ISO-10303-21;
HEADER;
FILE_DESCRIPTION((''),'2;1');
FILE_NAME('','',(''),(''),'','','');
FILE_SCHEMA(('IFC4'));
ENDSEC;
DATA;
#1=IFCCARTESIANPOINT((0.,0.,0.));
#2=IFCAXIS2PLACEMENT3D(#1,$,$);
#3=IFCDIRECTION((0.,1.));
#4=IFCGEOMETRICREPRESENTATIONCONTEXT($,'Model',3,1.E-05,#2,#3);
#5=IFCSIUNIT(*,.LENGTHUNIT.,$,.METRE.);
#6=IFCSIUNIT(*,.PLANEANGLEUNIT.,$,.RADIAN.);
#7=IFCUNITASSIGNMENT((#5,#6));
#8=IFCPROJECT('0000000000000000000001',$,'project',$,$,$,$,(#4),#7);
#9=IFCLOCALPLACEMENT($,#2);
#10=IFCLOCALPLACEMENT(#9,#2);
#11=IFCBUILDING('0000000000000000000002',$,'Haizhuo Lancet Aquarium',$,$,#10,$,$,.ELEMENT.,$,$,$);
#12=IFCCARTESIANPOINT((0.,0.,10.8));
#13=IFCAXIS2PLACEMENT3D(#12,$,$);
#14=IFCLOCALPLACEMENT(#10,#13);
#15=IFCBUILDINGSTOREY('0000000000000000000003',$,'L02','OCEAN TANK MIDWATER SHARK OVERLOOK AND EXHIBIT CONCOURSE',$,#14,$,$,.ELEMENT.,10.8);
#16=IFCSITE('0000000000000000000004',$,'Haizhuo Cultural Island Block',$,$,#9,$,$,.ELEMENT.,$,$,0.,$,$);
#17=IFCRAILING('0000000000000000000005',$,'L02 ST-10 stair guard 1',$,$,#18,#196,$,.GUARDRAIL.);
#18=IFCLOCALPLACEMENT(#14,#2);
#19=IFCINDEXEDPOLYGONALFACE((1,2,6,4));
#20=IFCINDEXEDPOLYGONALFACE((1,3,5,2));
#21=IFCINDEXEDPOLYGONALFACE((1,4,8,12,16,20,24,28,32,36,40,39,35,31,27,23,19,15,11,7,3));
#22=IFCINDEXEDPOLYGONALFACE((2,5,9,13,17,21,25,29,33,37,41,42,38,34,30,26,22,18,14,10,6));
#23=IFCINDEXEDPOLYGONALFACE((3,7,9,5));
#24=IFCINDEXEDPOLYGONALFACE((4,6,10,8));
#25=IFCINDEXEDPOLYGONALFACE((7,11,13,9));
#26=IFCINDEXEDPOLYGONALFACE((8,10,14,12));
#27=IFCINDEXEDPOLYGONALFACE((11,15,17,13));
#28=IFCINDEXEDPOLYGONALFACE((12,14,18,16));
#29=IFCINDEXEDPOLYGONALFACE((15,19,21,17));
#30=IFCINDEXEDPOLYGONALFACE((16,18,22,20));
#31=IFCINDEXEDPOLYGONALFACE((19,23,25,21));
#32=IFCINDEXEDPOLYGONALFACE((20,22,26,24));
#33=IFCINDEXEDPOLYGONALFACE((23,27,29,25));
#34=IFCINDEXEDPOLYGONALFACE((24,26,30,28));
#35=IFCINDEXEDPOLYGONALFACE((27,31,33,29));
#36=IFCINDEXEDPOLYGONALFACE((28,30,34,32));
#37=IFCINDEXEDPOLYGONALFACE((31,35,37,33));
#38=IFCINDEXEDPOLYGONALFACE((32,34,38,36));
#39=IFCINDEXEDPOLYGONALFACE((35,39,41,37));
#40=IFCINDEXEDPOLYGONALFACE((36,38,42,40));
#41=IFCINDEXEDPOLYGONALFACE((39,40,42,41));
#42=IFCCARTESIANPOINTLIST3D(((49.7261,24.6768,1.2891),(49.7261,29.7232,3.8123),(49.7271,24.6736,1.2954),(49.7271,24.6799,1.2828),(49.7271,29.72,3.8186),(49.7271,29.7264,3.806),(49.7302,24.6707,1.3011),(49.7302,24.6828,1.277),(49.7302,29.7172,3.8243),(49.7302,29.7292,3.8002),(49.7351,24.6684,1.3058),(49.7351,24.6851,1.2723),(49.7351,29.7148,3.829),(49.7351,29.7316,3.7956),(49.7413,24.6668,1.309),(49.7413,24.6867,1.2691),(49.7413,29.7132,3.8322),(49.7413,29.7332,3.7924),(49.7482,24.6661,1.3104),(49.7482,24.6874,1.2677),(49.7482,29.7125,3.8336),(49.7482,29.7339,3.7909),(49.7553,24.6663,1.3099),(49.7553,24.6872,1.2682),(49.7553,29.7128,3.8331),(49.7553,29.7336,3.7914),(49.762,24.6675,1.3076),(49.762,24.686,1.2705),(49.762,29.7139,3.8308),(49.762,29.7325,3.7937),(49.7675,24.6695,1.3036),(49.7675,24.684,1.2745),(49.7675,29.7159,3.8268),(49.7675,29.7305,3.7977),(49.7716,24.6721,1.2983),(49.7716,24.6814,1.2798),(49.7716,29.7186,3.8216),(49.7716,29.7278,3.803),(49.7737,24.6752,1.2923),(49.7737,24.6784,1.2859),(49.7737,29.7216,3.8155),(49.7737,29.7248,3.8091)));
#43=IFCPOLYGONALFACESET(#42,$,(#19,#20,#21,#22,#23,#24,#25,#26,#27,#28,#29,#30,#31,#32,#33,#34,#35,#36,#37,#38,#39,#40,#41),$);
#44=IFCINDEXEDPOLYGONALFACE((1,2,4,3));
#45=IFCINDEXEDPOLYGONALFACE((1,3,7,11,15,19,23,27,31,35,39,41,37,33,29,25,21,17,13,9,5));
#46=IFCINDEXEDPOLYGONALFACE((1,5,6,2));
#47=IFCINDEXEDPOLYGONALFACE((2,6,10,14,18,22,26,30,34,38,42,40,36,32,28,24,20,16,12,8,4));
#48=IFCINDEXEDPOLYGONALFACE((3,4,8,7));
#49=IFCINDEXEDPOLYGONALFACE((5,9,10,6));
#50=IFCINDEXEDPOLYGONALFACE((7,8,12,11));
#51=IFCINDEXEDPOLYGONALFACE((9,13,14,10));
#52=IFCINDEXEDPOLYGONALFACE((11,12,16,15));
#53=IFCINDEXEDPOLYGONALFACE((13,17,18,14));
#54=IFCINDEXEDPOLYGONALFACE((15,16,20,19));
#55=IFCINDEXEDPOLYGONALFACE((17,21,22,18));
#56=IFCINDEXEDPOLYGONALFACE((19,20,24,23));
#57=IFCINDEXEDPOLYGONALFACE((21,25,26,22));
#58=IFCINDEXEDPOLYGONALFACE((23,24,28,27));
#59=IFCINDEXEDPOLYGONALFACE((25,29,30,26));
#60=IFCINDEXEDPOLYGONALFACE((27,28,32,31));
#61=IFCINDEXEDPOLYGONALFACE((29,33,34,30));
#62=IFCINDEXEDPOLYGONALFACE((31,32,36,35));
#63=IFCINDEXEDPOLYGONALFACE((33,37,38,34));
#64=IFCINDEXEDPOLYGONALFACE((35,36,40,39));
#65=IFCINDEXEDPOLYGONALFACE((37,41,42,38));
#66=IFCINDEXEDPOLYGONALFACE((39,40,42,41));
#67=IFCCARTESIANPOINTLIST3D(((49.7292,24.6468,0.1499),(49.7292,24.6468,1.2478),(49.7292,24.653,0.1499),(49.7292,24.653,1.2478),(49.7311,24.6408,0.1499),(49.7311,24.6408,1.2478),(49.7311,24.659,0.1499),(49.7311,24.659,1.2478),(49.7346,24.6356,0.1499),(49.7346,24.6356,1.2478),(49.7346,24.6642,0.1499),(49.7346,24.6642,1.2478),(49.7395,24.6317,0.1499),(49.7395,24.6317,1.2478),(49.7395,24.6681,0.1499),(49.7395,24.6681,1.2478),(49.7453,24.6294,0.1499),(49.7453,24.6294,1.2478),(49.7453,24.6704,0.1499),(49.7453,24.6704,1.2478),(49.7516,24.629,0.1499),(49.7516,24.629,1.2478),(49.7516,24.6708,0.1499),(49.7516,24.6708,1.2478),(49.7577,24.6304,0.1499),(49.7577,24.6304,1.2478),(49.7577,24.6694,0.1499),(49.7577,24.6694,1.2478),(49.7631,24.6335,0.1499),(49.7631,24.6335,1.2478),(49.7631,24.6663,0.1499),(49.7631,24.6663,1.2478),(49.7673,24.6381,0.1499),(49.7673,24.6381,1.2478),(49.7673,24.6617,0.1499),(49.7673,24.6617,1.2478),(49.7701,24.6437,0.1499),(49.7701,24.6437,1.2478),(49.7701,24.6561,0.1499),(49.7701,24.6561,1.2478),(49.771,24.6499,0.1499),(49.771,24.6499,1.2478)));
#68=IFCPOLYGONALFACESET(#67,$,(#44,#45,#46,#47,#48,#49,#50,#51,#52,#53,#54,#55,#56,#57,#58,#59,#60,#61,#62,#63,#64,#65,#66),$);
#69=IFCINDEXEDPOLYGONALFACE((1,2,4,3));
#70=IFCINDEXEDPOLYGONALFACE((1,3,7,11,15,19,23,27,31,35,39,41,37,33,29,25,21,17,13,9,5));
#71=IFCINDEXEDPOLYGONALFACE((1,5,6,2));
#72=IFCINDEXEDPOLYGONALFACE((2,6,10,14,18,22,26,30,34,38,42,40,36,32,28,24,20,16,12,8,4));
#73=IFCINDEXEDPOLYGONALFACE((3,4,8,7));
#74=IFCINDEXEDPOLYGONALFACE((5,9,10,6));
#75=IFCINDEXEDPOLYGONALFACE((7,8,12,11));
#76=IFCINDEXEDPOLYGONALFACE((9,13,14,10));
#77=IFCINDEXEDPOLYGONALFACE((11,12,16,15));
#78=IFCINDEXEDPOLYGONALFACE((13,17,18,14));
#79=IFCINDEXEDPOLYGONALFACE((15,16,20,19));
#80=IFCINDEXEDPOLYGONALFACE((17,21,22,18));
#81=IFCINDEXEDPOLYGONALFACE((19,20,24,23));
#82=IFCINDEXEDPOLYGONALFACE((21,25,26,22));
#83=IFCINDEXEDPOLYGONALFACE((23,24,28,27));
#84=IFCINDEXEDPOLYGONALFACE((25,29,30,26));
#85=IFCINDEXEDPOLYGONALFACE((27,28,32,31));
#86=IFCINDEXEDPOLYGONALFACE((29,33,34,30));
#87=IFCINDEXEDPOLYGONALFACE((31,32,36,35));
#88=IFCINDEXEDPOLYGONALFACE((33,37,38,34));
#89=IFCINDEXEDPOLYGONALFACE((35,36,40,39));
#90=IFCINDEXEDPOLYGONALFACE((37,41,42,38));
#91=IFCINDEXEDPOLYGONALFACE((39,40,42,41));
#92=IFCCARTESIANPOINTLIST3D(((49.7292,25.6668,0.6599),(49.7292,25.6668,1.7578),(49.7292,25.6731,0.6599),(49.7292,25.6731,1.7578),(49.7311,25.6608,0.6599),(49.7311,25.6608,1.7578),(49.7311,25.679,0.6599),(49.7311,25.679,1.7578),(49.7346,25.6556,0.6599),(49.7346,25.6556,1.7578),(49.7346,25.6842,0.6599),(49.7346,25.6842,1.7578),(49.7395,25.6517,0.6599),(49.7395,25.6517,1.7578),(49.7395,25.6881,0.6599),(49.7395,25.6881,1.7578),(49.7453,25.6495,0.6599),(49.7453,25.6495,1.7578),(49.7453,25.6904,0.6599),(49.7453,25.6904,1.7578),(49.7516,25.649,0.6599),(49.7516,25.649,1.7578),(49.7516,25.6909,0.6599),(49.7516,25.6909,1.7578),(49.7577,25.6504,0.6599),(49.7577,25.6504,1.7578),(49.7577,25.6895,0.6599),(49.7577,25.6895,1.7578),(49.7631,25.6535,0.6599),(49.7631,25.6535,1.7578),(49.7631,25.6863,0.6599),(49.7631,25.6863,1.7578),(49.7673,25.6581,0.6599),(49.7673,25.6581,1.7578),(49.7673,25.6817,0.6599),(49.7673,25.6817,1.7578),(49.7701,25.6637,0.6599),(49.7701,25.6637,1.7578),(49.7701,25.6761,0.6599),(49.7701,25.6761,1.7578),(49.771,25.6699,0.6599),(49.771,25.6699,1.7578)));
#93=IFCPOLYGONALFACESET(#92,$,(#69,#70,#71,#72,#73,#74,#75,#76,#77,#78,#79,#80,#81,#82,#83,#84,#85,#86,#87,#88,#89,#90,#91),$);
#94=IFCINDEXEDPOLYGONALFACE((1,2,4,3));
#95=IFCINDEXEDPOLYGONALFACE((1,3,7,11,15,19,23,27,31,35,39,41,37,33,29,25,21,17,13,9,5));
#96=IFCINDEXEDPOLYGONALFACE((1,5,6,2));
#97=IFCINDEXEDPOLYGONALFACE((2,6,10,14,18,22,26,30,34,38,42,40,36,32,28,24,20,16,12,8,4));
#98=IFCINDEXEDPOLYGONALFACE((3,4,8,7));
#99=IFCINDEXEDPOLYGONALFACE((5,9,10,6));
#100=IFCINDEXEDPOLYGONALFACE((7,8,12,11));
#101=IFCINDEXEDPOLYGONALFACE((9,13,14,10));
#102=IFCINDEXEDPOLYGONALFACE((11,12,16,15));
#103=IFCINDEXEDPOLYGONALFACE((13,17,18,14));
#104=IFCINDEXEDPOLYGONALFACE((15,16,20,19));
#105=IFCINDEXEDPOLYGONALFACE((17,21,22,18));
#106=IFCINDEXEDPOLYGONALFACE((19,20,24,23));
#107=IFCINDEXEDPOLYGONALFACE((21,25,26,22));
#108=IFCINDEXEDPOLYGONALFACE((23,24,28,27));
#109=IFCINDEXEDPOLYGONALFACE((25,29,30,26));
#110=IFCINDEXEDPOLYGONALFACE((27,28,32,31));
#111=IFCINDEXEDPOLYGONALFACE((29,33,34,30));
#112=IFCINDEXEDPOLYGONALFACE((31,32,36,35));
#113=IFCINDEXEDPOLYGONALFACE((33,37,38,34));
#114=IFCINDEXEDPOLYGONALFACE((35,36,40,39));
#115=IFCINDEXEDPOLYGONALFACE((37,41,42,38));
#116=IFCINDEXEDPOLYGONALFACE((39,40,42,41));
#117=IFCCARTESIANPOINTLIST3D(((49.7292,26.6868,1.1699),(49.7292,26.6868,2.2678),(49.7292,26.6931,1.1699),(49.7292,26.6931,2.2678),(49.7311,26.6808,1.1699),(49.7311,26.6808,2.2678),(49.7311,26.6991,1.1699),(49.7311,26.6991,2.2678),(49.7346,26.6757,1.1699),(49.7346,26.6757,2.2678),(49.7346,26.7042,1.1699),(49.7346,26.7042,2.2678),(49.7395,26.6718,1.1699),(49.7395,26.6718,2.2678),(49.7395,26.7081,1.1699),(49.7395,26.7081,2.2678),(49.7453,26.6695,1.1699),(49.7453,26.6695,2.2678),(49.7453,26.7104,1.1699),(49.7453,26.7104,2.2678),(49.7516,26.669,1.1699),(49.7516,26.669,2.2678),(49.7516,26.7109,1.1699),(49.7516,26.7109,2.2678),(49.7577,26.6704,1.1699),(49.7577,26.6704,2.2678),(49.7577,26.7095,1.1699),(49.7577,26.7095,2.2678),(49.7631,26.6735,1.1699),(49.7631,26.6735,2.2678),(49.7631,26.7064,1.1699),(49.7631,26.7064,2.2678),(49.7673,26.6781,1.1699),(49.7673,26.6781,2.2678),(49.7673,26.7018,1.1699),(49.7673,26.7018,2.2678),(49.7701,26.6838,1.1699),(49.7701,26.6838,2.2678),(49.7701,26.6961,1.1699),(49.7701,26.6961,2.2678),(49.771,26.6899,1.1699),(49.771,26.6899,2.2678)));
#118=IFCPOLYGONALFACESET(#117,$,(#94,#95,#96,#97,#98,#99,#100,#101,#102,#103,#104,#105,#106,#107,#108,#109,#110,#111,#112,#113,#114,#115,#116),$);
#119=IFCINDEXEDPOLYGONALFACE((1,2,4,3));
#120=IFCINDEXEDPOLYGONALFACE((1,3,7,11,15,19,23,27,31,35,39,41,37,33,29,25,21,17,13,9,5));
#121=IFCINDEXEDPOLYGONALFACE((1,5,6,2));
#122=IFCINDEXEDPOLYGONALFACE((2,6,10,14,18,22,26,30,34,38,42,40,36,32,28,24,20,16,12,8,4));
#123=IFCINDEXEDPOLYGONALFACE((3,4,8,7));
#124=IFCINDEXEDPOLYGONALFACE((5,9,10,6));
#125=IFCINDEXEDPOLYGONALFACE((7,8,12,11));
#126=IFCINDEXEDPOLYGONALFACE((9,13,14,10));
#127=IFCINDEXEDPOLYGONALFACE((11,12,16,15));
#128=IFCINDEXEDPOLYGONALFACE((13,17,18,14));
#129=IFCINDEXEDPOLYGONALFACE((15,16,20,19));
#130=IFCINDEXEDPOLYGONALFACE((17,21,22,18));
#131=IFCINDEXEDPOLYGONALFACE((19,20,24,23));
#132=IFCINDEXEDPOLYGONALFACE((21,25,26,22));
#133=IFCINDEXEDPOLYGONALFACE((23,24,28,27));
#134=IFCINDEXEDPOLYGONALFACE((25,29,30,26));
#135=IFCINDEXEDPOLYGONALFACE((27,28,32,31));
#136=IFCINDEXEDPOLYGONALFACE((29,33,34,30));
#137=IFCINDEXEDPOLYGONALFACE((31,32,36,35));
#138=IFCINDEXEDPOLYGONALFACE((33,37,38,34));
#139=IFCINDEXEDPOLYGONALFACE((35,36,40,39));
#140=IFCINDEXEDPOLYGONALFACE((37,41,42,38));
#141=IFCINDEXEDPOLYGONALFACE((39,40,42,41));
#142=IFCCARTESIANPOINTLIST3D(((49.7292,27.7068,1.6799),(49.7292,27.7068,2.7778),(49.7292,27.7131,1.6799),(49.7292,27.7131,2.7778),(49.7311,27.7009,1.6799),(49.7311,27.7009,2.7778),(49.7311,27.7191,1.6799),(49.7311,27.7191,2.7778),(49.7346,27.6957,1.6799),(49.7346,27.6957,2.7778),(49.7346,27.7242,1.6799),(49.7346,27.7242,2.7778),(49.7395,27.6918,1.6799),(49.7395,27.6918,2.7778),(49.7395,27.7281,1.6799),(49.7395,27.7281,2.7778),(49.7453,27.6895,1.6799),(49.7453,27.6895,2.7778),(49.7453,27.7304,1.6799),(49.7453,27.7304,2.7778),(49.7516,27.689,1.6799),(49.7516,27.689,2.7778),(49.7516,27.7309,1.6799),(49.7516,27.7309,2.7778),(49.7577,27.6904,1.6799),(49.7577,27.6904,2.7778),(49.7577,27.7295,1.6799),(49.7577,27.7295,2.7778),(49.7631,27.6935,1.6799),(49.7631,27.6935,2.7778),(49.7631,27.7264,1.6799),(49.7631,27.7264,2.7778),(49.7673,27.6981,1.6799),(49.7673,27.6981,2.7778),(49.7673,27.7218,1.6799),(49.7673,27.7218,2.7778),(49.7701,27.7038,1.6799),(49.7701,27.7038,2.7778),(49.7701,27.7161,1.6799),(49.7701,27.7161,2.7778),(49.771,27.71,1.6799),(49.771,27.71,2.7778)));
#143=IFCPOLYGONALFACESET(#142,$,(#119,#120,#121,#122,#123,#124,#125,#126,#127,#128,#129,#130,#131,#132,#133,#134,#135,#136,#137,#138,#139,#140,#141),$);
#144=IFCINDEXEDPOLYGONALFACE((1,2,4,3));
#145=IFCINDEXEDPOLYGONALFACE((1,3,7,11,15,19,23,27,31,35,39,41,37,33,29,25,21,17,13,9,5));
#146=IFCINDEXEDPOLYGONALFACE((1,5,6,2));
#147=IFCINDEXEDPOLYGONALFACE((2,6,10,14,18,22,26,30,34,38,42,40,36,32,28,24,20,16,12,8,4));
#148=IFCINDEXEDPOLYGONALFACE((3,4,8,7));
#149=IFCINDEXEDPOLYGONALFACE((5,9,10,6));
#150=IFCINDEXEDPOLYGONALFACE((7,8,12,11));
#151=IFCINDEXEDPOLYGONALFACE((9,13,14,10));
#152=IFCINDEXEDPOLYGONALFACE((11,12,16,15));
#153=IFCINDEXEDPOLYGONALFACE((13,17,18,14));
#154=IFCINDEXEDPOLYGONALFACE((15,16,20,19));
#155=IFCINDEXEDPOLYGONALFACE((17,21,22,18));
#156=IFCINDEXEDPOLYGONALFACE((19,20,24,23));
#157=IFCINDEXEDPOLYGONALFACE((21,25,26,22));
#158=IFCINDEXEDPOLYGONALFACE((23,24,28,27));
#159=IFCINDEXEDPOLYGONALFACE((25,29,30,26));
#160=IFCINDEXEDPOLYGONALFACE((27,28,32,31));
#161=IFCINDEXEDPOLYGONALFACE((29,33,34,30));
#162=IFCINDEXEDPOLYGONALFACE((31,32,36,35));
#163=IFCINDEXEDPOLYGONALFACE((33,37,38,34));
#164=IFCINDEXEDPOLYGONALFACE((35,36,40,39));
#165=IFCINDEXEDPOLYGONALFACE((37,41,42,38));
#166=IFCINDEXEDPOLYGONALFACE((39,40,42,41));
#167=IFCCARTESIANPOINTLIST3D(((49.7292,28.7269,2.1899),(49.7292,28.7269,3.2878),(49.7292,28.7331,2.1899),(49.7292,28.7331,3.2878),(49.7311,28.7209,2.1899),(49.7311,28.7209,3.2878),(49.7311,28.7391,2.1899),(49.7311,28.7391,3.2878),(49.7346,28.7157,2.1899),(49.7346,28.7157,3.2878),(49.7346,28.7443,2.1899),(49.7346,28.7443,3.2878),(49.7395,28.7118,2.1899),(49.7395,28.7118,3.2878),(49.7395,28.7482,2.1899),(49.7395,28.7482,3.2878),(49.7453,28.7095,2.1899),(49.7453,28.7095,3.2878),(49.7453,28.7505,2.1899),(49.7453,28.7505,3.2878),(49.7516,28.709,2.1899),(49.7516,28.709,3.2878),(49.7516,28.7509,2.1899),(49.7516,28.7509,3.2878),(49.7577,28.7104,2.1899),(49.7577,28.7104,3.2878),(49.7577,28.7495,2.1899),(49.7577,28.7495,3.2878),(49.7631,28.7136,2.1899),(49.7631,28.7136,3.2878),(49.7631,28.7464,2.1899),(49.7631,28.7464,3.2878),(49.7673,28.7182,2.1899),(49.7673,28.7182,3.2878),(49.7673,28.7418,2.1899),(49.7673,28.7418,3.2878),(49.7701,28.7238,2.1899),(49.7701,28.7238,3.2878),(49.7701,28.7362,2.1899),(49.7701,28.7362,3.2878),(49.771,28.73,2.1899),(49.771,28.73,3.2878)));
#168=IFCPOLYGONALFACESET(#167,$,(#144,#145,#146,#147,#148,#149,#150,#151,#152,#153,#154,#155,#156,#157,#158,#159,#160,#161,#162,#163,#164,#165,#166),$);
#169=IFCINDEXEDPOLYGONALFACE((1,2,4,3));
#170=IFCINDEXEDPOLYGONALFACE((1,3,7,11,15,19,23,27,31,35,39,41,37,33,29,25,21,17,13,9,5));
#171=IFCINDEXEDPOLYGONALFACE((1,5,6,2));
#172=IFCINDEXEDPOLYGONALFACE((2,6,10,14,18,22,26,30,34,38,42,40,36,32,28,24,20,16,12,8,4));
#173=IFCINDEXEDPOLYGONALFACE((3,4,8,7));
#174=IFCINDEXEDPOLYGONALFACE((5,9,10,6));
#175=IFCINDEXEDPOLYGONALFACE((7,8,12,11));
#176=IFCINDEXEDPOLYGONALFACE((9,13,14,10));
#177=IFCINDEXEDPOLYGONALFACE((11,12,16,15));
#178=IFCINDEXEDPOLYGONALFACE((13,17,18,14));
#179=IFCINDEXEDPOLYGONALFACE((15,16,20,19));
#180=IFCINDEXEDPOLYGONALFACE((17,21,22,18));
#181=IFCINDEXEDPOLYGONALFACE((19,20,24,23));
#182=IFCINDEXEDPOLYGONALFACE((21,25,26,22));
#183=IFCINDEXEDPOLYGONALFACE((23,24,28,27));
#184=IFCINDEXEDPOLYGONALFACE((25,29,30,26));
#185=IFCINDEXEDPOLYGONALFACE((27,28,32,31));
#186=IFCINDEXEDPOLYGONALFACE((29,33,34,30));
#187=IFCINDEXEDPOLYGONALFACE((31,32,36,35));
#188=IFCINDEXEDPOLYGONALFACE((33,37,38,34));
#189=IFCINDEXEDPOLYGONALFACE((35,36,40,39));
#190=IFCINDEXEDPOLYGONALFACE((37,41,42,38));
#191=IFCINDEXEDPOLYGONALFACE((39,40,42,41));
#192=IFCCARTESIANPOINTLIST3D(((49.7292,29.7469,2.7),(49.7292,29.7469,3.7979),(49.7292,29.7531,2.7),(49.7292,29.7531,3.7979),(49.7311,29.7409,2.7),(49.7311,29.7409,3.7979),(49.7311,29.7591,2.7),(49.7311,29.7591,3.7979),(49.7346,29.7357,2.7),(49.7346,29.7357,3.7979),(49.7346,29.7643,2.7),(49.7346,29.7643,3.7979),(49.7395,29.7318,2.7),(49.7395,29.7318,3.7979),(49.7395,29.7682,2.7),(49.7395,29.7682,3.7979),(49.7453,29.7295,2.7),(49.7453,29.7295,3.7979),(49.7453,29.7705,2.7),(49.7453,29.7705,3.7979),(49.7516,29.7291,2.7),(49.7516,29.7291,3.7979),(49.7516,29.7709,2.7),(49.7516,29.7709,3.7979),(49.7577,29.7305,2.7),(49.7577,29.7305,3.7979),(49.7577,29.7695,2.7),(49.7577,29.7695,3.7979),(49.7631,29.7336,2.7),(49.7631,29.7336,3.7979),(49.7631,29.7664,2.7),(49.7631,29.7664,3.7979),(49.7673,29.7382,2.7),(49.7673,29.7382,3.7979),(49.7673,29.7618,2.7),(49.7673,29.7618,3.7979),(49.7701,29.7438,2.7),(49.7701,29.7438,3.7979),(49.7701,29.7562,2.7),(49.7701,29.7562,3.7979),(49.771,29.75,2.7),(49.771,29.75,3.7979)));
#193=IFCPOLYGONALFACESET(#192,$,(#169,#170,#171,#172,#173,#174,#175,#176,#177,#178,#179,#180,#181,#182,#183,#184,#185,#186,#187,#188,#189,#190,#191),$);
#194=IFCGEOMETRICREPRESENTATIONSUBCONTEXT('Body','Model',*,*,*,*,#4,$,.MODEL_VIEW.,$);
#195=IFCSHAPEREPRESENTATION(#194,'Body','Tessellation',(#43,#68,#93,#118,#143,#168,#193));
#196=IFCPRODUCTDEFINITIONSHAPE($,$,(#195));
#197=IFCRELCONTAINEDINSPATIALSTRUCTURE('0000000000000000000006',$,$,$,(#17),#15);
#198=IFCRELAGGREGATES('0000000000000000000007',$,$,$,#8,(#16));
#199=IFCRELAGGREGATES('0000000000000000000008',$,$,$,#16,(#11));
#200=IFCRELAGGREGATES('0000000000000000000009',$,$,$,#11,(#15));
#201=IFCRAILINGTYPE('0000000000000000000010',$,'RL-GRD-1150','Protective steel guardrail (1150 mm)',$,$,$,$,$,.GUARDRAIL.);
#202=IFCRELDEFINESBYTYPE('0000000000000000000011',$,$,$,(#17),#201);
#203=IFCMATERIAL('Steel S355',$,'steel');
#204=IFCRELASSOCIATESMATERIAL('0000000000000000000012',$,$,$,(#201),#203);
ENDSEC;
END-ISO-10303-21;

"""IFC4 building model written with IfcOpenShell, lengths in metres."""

from ifc_helpers import new_model, si_unit, direction, frame, origin, origin_2d, place, context, subcontext, project, spatial, circle, extrude, material, type_object, element, save


model = new_model("IFC4")

# Units and contexts
model_context = context("Model", 3, precision=1e-05, world=origin(), true_north=direction((0.0, 1.0)))
body_context = subcontext(model_context, "Body", "Model", "MODEL_VIEW")
ifc_project = project(units=[si_unit("LENGTHUNIT", "METRE"), si_unit("PLANEANGLEUNIT", "RADIAN")], contexts=[model_context])

# Site, building, storey
site_placement = place(None, origin())
site = spatial("IfcSite", under=ifc_project, at=site_placement, Name="Haizhuo Cultural Island Block", CompositionType="ELEMENT", RefElevation=0.0)
building_placement = place(site_placement, origin())
building = spatial("IfcBuilding", under=site, at=building_placement, Name="Haizhuo Lancet Aquarium", CompositionType="ELEMENT")
storey_placement = place(building_placement, frame((0.0, 0.0, 10.8)))
storey = spatial("IfcBuildingStorey", under=building, at=storey_placement, Name="L02", Description="OCEAN TANK MIDWATER SHARK OVERLOOK AND EXHIBIT CONCOURSE", CompositionType="ELEMENT", Elevation=10.8)

# Shared definitions
ifc_material_1 = material(Name="Steel S355", Category="steel")

# Railing
railing_type_1 = type_object("IfcRailingType", Name="RL-GRD-1150", Description="Protective steel guardrail (1150 mm)", PredefinedType="GUARDRAIL", material=ifc_material_1)
railing_1_placement = place(storey_placement, frame((49.75, 24.6499, 0.1499)))
element("IfcRailing", 1, at=railing_1_placement, inside=storey, type_object=railing_type_1, Name="L02 ST-10 stair guard 1", PredefinedType="GUARDRAIL", context=body_context, shape_type="SweptSolid", body=[
    extrude(circle(Radius=0.0239, at=origin_2d()), frame((0.0, 0.0269, 1.1392), z_axis=(0.0, 0.894427, 0.447214), x_axis=(-1.0, 0.0, 0.0)), (0.0, 0.0, 1.0), 5.6421),
    extrude(circle(Radius=0.021, at=origin_2d()), origin(), (0.0, 0.0, 1.0), 1.0979),
    extrude(circle(Radius=0.021, at=origin_2d()), frame((0.0, 1.02, 0.51)), (0.0, 0.0, 1.0), 1.0979),
    extrude(circle(Radius=0.021, at=origin_2d()), frame((0.0, 2.04, 1.02)), (0.0, 0.0, 1.0), 1.0979),
    extrude(circle(Radius=0.021, at=origin_2d()), frame((0.0, 3.0601, 1.53)), (0.0, 0.0, 1.0), 1.0979),
    extrude(circle(Radius=0.021, at=origin_2d()), frame((0.0, 4.0801, 2.04)), (0.0, 0.0, 1.0), 1.0979),
    extrude(circle(Radius=0.021, at=origin_2d()), frame((0.0, 5.1001, 2.55)), (0.0, 0.0, 1.0), 1.0979),
])

save(model, "model.ifc")
